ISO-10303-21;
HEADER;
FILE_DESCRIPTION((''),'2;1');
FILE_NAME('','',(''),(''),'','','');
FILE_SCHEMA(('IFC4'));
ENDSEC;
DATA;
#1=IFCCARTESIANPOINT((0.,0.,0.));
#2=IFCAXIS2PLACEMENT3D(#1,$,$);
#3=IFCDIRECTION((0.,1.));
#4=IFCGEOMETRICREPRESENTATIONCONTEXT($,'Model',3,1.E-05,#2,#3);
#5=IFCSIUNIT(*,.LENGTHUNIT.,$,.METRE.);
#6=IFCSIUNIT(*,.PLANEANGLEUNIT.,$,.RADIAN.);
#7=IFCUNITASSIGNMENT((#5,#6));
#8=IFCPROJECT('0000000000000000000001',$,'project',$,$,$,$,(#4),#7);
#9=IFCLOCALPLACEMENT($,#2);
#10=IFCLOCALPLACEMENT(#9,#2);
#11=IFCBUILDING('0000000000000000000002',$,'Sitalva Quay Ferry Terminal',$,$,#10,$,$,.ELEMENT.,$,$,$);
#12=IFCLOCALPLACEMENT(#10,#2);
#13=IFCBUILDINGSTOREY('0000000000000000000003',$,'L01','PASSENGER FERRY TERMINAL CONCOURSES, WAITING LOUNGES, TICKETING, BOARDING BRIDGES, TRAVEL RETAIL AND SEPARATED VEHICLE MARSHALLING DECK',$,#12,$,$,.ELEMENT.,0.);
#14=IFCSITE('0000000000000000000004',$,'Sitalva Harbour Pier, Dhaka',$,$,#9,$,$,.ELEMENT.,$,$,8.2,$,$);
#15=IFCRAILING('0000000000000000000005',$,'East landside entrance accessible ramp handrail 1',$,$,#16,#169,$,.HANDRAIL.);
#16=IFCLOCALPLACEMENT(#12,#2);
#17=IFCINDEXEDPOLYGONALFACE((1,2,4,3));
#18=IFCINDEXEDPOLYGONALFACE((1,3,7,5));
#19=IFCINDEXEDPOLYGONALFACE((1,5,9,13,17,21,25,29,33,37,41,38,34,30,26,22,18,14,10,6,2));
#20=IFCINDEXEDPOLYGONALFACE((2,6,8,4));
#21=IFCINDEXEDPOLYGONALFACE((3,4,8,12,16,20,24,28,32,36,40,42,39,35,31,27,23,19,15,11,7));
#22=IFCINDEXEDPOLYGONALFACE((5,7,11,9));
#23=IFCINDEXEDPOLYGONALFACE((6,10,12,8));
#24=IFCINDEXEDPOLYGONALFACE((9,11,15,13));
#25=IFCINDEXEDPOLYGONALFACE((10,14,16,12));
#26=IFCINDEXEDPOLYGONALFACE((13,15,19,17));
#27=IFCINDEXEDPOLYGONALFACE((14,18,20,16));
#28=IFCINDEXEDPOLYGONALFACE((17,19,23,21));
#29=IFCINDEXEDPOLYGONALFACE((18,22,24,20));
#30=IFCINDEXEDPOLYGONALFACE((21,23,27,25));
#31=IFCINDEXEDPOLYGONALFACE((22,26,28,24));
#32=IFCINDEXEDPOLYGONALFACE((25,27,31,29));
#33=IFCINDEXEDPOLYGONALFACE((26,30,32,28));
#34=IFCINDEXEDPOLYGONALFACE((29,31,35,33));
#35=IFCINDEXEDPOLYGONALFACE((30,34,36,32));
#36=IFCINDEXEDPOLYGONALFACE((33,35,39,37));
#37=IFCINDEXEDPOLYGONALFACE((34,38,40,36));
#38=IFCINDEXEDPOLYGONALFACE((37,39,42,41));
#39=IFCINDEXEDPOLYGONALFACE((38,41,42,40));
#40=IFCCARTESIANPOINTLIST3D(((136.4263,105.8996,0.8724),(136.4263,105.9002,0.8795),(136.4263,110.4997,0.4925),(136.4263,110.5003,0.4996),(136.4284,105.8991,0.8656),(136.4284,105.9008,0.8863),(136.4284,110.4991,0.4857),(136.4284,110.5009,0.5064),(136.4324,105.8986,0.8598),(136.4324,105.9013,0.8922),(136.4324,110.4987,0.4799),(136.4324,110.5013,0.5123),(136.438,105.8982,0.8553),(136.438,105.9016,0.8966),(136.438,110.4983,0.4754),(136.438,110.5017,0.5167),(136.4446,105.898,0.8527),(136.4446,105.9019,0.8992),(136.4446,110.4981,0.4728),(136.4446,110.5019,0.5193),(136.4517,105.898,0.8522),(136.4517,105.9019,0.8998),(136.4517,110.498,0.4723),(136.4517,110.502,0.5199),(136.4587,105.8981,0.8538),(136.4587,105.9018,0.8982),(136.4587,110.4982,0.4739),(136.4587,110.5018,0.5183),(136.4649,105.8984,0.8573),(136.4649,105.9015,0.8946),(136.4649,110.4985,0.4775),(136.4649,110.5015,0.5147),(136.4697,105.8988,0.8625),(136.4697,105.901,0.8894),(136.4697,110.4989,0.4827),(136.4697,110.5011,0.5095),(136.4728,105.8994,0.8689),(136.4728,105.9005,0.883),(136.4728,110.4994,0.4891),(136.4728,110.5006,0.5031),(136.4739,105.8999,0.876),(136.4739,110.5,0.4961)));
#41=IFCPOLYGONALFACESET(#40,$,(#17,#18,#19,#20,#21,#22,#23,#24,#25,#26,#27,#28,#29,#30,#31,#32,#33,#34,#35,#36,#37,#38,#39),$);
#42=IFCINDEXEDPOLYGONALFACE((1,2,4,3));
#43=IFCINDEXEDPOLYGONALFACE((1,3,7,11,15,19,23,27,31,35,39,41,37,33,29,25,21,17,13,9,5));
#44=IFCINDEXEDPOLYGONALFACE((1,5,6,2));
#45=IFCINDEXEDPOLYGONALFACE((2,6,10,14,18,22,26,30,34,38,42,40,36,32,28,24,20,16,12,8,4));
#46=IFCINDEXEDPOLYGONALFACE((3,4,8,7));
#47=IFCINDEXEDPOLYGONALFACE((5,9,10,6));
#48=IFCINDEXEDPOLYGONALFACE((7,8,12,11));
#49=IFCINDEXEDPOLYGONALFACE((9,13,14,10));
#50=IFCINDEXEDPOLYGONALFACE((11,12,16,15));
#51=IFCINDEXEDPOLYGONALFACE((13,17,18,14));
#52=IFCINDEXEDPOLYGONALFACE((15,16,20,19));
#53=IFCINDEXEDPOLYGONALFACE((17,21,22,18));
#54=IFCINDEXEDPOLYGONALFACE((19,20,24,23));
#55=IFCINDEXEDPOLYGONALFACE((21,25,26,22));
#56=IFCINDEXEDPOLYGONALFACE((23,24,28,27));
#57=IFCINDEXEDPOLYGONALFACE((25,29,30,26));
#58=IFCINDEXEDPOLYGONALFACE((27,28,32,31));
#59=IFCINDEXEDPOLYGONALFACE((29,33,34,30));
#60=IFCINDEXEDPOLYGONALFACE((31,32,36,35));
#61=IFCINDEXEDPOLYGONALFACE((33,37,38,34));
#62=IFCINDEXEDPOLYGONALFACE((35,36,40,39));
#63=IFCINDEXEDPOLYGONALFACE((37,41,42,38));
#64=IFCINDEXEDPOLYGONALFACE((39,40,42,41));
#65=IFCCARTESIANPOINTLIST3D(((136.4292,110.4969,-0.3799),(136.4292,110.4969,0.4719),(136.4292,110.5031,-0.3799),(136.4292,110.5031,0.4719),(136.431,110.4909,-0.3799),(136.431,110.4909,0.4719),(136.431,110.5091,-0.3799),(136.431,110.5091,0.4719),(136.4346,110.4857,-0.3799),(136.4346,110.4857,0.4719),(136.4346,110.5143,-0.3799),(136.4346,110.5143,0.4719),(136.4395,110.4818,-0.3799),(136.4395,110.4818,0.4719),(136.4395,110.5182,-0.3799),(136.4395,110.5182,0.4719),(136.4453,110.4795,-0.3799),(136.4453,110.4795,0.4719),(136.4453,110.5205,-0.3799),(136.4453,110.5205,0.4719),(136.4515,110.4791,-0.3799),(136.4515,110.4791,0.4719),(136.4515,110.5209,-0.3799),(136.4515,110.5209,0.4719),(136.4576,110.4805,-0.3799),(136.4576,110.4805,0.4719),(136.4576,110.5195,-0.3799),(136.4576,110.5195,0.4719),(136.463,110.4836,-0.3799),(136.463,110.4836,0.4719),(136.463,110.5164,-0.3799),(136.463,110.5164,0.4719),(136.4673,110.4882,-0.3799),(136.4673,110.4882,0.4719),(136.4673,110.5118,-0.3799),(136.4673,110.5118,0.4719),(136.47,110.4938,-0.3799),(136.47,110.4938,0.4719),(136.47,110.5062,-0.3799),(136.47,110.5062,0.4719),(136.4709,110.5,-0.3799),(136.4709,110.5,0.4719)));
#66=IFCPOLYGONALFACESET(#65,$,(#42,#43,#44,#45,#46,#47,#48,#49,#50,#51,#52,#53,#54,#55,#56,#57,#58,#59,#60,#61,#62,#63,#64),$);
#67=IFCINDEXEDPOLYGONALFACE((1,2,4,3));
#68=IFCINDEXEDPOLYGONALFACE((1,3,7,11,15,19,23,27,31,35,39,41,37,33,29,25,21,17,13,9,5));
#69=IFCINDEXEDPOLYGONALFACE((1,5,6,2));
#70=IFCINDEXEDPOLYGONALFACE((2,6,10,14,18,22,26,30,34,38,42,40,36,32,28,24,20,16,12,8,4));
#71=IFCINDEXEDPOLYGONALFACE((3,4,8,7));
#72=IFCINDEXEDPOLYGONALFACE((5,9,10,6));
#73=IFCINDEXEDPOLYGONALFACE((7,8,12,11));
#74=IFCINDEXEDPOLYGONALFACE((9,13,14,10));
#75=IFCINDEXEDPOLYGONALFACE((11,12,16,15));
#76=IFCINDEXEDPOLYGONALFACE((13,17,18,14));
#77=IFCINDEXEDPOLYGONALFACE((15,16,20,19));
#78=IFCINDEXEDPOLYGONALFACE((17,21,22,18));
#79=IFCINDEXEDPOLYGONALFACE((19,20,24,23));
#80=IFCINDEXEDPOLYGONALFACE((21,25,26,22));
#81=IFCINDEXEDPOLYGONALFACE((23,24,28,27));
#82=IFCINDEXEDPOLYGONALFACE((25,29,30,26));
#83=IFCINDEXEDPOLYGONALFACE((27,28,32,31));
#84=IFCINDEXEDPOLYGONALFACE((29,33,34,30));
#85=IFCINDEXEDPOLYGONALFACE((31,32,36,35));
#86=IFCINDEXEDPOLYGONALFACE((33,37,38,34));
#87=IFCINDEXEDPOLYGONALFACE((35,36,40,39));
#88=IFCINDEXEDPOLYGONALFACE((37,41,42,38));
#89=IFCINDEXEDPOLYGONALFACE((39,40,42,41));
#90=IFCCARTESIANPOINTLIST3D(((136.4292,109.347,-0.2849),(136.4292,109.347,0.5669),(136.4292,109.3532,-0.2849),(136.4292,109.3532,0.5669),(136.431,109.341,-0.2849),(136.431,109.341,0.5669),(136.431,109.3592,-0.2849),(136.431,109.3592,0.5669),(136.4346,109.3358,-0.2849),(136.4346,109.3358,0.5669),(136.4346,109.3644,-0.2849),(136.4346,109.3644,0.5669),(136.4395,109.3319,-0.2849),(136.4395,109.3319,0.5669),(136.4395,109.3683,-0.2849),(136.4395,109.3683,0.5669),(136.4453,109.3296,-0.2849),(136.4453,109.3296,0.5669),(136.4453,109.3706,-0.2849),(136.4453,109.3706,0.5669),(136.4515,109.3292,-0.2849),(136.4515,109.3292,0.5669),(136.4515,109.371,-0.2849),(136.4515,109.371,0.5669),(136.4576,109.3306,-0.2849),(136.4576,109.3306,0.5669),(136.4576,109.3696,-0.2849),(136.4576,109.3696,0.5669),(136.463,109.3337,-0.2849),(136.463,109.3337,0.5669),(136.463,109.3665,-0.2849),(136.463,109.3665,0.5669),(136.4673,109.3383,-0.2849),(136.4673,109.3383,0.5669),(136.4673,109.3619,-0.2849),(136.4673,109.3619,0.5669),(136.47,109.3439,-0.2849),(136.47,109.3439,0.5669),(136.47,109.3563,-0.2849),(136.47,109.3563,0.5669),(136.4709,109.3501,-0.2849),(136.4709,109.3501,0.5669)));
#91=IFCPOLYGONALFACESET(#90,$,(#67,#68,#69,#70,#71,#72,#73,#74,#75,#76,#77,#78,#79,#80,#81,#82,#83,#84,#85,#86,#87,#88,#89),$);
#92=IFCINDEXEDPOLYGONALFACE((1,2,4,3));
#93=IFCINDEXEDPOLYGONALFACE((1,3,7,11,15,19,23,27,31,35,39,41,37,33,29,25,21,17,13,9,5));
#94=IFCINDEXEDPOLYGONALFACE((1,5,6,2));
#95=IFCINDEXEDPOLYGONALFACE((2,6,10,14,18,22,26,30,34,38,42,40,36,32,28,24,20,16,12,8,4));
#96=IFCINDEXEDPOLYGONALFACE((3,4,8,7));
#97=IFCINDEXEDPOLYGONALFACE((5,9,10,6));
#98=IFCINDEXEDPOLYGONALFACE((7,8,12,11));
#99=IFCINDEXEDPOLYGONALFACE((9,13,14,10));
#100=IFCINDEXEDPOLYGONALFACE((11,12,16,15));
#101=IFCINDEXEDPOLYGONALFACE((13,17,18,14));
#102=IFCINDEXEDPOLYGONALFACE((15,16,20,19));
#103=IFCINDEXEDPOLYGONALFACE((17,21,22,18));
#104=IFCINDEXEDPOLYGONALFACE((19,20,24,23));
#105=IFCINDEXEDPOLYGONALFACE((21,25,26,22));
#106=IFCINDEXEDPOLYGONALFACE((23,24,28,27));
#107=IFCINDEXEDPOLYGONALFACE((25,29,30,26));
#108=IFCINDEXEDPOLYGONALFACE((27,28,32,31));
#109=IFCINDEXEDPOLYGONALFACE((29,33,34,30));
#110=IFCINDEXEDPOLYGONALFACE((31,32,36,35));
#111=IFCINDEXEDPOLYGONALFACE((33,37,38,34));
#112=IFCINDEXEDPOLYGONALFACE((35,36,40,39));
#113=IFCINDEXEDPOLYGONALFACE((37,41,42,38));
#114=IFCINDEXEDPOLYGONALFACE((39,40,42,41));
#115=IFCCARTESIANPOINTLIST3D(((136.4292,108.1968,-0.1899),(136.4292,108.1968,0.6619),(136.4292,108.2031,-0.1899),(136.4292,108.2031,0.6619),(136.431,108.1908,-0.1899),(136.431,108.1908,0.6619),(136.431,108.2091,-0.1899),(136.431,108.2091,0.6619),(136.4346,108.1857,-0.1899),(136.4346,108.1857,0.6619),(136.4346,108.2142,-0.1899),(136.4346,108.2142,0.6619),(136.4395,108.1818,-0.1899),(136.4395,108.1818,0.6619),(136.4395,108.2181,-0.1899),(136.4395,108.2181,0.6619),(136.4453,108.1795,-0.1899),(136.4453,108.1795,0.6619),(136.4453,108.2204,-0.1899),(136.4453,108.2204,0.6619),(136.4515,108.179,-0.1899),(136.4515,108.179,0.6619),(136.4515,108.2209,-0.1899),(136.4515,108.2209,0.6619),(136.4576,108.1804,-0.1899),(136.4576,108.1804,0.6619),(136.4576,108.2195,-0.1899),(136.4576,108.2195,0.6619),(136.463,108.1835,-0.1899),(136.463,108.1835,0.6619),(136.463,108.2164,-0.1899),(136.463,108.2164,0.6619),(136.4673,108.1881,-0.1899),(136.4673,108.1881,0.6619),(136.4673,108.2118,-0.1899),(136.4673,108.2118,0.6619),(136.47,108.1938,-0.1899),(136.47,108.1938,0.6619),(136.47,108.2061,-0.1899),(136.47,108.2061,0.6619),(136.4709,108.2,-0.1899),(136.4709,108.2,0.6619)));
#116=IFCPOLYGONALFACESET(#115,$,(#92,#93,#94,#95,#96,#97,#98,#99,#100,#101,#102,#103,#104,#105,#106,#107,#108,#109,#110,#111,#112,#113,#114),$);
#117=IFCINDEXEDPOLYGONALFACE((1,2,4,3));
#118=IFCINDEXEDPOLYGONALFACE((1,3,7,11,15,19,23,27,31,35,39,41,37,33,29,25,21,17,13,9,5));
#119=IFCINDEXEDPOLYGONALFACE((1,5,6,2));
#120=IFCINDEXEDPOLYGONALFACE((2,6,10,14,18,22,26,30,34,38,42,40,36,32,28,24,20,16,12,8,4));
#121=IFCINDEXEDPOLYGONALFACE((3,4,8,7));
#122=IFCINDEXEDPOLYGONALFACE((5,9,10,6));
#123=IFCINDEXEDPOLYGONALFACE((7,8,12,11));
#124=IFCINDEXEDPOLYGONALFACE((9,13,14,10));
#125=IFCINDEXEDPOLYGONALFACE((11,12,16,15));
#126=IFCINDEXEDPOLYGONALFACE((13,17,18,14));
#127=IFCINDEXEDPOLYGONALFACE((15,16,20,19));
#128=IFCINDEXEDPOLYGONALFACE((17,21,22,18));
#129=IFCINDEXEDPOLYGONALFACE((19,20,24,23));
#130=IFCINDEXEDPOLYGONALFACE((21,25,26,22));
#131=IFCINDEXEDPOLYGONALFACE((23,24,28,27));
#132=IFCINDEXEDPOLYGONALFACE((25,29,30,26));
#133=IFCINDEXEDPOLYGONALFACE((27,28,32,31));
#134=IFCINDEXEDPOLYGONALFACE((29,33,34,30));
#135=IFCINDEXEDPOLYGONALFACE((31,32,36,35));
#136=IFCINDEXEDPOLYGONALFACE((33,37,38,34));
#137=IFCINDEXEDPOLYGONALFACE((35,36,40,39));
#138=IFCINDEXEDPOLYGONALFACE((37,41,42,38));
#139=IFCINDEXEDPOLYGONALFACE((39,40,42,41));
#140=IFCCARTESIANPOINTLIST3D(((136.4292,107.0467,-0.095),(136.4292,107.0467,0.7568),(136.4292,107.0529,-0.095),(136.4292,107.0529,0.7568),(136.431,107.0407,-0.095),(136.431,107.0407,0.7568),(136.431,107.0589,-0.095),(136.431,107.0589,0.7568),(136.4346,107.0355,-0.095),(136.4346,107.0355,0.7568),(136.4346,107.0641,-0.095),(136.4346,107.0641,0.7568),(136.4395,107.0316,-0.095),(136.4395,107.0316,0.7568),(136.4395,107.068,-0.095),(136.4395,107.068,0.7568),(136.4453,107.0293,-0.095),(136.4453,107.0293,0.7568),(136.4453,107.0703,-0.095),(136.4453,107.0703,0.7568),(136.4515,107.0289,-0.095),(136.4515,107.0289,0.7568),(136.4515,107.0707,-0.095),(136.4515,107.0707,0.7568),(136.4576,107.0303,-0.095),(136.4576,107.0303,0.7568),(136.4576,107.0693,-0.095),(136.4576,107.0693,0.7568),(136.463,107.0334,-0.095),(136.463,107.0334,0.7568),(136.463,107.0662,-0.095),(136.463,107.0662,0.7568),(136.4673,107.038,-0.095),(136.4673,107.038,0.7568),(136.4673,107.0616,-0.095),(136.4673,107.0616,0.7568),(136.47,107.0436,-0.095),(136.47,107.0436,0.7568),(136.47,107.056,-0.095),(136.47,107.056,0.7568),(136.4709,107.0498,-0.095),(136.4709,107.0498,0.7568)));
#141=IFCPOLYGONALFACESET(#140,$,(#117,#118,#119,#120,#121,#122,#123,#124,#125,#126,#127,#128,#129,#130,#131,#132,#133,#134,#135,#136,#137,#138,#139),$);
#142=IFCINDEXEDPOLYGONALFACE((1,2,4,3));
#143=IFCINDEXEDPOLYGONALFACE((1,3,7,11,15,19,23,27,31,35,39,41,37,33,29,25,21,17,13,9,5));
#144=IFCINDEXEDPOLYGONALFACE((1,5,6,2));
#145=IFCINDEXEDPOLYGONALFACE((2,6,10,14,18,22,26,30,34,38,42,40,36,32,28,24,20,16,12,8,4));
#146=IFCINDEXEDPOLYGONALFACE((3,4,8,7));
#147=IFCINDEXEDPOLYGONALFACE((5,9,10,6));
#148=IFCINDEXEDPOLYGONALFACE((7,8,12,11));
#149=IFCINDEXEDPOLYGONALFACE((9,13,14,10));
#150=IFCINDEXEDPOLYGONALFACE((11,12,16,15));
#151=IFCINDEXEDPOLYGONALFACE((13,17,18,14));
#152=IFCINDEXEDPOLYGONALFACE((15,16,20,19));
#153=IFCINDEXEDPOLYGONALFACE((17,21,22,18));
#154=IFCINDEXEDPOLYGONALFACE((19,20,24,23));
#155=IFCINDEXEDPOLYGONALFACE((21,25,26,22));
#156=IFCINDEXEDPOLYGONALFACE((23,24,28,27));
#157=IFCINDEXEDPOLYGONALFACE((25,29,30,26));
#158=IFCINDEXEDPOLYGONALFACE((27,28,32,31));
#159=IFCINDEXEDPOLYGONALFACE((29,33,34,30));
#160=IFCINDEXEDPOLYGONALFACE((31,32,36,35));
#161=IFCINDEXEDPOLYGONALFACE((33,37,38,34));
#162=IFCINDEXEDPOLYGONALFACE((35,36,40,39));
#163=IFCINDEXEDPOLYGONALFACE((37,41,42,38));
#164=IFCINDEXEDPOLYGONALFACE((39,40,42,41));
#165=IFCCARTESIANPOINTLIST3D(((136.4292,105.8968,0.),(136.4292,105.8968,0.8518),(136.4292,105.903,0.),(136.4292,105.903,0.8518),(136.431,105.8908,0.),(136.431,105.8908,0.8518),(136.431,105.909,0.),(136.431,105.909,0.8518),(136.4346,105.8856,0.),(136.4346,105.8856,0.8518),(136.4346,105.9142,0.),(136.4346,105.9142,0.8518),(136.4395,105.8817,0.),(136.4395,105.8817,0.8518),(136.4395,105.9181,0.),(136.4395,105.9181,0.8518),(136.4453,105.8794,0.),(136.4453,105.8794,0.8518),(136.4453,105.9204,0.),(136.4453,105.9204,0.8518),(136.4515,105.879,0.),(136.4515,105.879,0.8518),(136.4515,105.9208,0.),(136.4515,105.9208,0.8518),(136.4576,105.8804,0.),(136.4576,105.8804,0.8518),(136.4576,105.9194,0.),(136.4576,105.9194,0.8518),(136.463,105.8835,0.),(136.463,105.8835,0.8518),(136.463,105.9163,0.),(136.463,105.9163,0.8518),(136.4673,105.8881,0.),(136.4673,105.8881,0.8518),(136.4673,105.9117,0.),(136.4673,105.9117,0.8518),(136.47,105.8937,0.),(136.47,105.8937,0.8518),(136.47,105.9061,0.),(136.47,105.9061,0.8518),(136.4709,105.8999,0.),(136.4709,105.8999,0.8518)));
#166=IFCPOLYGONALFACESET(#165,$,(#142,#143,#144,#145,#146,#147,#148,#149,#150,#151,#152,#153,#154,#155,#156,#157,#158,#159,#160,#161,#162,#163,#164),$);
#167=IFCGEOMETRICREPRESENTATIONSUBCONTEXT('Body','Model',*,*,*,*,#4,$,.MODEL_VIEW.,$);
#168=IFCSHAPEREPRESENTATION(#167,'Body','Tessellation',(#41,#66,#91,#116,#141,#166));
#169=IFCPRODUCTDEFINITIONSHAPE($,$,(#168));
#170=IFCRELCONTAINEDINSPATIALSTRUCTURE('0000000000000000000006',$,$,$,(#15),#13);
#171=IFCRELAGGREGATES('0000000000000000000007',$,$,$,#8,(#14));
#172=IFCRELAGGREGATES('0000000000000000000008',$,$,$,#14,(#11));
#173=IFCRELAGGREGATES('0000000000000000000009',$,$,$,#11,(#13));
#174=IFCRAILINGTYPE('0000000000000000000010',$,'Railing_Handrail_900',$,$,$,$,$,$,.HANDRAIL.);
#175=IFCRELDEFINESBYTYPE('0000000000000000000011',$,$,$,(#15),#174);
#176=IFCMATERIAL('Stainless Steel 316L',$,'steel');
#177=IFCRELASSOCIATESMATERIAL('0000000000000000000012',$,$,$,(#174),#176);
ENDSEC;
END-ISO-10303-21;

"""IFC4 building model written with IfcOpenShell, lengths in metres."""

from ifc_helpers import new_model, si_unit, direction, frame, origin, origin_2d, place, context, subcontext, project, spatial, circle, extrude, material, type_object, element, save


model = new_model("IFC4")

# Units and contexts
model_context = context("Model", 3, precision=1e-05, world=origin(), true_north=direction((0.0, 1.0)))
body_context = subcontext(model_context, "Body", "Model", "MODEL_VIEW")
ifc_project = project(units=[si_unit("LENGTHUNIT", "METRE"), si_unit("PLANEANGLEUNIT", "RADIAN")], contexts=[model_context])

# Site, building, storey
site_placement = place(None, origin())
site = spatial("IfcSite", under=ifc_project, at=site_placement, Name="Sitalva Harbour Pier, Dhaka", CompositionType="ELEMENT", RefElevation=8.2)
building_placement = place(site_placement, origin())
building = spatial("IfcBuilding", under=site, at=building_placement, Name="Sitalva Quay Ferry Terminal", CompositionType="ELEMENT")
storey_placement = place(building_placement, origin())
storey = spatial("IfcBuildingStorey", under=building, at=storey_placement, Name="L01", Description="PASSENGER FERRY TERMINAL CONCOURSES, WAITING LOUNGES, TICKETING, BOARDING BRIDGES, TRAVEL RETAIL AND SEPARATED VEHICLE MARSHALLING DECK", CompositionType="ELEMENT", Elevation=0.0)

# Railing
ifc_material_1 = material(Name="Stainless Steel 316L", Category="steel")
railing_type = type_object("IfcRailingType", Name="Railing_Handrail_900", PredefinedType="HANDRAIL", material=ifc_material_1)
for number, where, name in (
    (1, (136.45, 110.5, -0.3799), "East landside entrance accessible ramp handrail 1"),
):
    element("IfcRailing", number, at=place(storey_placement, frame(where)), inside=storey, type_object=railing_type, Name=name, PredefinedType="HANDRAIL", context=body_context, shape_type="SweptSolid", body=[
        extrude(circle(Radius=0.0239, at=origin_2d()), frame((0.0, 0.0, 0.876), z_axis=(0.0, -0.996607, 0.082301), x_axis=(1.0, 0.0, 0.0)), (0.0, 0.0, 1.0), 4.6157),
        extrude(circle(Radius=0.021, at=origin_2d()), origin(), (0.0, 0.0, 1.0), 0.8518),
        extrude(circle(Radius=0.021, at=origin_2d()), frame((0.0, -1.1499, 0.095)), (0.0, 0.0, 1.0), 0.8518),
        extrude(circle(Radius=0.021, at=origin_2d()), frame((0.0, -2.3, 0.1899)), (0.0, 0.0, 1.0), 0.8518),
        extrude(circle(Radius=0.021, at=origin_2d()), frame((0.0, -3.4502, 0.2849)), (0.0, 0.0, 1.0), 0.8518),
        extrude(circle(Radius=0.021, at=origin_2d()), frame((0.0, -4.6001, 0.3799)), (0.0, 0.0, 1.0), 0.8518),
    ])

save(model, "model.ifc")
